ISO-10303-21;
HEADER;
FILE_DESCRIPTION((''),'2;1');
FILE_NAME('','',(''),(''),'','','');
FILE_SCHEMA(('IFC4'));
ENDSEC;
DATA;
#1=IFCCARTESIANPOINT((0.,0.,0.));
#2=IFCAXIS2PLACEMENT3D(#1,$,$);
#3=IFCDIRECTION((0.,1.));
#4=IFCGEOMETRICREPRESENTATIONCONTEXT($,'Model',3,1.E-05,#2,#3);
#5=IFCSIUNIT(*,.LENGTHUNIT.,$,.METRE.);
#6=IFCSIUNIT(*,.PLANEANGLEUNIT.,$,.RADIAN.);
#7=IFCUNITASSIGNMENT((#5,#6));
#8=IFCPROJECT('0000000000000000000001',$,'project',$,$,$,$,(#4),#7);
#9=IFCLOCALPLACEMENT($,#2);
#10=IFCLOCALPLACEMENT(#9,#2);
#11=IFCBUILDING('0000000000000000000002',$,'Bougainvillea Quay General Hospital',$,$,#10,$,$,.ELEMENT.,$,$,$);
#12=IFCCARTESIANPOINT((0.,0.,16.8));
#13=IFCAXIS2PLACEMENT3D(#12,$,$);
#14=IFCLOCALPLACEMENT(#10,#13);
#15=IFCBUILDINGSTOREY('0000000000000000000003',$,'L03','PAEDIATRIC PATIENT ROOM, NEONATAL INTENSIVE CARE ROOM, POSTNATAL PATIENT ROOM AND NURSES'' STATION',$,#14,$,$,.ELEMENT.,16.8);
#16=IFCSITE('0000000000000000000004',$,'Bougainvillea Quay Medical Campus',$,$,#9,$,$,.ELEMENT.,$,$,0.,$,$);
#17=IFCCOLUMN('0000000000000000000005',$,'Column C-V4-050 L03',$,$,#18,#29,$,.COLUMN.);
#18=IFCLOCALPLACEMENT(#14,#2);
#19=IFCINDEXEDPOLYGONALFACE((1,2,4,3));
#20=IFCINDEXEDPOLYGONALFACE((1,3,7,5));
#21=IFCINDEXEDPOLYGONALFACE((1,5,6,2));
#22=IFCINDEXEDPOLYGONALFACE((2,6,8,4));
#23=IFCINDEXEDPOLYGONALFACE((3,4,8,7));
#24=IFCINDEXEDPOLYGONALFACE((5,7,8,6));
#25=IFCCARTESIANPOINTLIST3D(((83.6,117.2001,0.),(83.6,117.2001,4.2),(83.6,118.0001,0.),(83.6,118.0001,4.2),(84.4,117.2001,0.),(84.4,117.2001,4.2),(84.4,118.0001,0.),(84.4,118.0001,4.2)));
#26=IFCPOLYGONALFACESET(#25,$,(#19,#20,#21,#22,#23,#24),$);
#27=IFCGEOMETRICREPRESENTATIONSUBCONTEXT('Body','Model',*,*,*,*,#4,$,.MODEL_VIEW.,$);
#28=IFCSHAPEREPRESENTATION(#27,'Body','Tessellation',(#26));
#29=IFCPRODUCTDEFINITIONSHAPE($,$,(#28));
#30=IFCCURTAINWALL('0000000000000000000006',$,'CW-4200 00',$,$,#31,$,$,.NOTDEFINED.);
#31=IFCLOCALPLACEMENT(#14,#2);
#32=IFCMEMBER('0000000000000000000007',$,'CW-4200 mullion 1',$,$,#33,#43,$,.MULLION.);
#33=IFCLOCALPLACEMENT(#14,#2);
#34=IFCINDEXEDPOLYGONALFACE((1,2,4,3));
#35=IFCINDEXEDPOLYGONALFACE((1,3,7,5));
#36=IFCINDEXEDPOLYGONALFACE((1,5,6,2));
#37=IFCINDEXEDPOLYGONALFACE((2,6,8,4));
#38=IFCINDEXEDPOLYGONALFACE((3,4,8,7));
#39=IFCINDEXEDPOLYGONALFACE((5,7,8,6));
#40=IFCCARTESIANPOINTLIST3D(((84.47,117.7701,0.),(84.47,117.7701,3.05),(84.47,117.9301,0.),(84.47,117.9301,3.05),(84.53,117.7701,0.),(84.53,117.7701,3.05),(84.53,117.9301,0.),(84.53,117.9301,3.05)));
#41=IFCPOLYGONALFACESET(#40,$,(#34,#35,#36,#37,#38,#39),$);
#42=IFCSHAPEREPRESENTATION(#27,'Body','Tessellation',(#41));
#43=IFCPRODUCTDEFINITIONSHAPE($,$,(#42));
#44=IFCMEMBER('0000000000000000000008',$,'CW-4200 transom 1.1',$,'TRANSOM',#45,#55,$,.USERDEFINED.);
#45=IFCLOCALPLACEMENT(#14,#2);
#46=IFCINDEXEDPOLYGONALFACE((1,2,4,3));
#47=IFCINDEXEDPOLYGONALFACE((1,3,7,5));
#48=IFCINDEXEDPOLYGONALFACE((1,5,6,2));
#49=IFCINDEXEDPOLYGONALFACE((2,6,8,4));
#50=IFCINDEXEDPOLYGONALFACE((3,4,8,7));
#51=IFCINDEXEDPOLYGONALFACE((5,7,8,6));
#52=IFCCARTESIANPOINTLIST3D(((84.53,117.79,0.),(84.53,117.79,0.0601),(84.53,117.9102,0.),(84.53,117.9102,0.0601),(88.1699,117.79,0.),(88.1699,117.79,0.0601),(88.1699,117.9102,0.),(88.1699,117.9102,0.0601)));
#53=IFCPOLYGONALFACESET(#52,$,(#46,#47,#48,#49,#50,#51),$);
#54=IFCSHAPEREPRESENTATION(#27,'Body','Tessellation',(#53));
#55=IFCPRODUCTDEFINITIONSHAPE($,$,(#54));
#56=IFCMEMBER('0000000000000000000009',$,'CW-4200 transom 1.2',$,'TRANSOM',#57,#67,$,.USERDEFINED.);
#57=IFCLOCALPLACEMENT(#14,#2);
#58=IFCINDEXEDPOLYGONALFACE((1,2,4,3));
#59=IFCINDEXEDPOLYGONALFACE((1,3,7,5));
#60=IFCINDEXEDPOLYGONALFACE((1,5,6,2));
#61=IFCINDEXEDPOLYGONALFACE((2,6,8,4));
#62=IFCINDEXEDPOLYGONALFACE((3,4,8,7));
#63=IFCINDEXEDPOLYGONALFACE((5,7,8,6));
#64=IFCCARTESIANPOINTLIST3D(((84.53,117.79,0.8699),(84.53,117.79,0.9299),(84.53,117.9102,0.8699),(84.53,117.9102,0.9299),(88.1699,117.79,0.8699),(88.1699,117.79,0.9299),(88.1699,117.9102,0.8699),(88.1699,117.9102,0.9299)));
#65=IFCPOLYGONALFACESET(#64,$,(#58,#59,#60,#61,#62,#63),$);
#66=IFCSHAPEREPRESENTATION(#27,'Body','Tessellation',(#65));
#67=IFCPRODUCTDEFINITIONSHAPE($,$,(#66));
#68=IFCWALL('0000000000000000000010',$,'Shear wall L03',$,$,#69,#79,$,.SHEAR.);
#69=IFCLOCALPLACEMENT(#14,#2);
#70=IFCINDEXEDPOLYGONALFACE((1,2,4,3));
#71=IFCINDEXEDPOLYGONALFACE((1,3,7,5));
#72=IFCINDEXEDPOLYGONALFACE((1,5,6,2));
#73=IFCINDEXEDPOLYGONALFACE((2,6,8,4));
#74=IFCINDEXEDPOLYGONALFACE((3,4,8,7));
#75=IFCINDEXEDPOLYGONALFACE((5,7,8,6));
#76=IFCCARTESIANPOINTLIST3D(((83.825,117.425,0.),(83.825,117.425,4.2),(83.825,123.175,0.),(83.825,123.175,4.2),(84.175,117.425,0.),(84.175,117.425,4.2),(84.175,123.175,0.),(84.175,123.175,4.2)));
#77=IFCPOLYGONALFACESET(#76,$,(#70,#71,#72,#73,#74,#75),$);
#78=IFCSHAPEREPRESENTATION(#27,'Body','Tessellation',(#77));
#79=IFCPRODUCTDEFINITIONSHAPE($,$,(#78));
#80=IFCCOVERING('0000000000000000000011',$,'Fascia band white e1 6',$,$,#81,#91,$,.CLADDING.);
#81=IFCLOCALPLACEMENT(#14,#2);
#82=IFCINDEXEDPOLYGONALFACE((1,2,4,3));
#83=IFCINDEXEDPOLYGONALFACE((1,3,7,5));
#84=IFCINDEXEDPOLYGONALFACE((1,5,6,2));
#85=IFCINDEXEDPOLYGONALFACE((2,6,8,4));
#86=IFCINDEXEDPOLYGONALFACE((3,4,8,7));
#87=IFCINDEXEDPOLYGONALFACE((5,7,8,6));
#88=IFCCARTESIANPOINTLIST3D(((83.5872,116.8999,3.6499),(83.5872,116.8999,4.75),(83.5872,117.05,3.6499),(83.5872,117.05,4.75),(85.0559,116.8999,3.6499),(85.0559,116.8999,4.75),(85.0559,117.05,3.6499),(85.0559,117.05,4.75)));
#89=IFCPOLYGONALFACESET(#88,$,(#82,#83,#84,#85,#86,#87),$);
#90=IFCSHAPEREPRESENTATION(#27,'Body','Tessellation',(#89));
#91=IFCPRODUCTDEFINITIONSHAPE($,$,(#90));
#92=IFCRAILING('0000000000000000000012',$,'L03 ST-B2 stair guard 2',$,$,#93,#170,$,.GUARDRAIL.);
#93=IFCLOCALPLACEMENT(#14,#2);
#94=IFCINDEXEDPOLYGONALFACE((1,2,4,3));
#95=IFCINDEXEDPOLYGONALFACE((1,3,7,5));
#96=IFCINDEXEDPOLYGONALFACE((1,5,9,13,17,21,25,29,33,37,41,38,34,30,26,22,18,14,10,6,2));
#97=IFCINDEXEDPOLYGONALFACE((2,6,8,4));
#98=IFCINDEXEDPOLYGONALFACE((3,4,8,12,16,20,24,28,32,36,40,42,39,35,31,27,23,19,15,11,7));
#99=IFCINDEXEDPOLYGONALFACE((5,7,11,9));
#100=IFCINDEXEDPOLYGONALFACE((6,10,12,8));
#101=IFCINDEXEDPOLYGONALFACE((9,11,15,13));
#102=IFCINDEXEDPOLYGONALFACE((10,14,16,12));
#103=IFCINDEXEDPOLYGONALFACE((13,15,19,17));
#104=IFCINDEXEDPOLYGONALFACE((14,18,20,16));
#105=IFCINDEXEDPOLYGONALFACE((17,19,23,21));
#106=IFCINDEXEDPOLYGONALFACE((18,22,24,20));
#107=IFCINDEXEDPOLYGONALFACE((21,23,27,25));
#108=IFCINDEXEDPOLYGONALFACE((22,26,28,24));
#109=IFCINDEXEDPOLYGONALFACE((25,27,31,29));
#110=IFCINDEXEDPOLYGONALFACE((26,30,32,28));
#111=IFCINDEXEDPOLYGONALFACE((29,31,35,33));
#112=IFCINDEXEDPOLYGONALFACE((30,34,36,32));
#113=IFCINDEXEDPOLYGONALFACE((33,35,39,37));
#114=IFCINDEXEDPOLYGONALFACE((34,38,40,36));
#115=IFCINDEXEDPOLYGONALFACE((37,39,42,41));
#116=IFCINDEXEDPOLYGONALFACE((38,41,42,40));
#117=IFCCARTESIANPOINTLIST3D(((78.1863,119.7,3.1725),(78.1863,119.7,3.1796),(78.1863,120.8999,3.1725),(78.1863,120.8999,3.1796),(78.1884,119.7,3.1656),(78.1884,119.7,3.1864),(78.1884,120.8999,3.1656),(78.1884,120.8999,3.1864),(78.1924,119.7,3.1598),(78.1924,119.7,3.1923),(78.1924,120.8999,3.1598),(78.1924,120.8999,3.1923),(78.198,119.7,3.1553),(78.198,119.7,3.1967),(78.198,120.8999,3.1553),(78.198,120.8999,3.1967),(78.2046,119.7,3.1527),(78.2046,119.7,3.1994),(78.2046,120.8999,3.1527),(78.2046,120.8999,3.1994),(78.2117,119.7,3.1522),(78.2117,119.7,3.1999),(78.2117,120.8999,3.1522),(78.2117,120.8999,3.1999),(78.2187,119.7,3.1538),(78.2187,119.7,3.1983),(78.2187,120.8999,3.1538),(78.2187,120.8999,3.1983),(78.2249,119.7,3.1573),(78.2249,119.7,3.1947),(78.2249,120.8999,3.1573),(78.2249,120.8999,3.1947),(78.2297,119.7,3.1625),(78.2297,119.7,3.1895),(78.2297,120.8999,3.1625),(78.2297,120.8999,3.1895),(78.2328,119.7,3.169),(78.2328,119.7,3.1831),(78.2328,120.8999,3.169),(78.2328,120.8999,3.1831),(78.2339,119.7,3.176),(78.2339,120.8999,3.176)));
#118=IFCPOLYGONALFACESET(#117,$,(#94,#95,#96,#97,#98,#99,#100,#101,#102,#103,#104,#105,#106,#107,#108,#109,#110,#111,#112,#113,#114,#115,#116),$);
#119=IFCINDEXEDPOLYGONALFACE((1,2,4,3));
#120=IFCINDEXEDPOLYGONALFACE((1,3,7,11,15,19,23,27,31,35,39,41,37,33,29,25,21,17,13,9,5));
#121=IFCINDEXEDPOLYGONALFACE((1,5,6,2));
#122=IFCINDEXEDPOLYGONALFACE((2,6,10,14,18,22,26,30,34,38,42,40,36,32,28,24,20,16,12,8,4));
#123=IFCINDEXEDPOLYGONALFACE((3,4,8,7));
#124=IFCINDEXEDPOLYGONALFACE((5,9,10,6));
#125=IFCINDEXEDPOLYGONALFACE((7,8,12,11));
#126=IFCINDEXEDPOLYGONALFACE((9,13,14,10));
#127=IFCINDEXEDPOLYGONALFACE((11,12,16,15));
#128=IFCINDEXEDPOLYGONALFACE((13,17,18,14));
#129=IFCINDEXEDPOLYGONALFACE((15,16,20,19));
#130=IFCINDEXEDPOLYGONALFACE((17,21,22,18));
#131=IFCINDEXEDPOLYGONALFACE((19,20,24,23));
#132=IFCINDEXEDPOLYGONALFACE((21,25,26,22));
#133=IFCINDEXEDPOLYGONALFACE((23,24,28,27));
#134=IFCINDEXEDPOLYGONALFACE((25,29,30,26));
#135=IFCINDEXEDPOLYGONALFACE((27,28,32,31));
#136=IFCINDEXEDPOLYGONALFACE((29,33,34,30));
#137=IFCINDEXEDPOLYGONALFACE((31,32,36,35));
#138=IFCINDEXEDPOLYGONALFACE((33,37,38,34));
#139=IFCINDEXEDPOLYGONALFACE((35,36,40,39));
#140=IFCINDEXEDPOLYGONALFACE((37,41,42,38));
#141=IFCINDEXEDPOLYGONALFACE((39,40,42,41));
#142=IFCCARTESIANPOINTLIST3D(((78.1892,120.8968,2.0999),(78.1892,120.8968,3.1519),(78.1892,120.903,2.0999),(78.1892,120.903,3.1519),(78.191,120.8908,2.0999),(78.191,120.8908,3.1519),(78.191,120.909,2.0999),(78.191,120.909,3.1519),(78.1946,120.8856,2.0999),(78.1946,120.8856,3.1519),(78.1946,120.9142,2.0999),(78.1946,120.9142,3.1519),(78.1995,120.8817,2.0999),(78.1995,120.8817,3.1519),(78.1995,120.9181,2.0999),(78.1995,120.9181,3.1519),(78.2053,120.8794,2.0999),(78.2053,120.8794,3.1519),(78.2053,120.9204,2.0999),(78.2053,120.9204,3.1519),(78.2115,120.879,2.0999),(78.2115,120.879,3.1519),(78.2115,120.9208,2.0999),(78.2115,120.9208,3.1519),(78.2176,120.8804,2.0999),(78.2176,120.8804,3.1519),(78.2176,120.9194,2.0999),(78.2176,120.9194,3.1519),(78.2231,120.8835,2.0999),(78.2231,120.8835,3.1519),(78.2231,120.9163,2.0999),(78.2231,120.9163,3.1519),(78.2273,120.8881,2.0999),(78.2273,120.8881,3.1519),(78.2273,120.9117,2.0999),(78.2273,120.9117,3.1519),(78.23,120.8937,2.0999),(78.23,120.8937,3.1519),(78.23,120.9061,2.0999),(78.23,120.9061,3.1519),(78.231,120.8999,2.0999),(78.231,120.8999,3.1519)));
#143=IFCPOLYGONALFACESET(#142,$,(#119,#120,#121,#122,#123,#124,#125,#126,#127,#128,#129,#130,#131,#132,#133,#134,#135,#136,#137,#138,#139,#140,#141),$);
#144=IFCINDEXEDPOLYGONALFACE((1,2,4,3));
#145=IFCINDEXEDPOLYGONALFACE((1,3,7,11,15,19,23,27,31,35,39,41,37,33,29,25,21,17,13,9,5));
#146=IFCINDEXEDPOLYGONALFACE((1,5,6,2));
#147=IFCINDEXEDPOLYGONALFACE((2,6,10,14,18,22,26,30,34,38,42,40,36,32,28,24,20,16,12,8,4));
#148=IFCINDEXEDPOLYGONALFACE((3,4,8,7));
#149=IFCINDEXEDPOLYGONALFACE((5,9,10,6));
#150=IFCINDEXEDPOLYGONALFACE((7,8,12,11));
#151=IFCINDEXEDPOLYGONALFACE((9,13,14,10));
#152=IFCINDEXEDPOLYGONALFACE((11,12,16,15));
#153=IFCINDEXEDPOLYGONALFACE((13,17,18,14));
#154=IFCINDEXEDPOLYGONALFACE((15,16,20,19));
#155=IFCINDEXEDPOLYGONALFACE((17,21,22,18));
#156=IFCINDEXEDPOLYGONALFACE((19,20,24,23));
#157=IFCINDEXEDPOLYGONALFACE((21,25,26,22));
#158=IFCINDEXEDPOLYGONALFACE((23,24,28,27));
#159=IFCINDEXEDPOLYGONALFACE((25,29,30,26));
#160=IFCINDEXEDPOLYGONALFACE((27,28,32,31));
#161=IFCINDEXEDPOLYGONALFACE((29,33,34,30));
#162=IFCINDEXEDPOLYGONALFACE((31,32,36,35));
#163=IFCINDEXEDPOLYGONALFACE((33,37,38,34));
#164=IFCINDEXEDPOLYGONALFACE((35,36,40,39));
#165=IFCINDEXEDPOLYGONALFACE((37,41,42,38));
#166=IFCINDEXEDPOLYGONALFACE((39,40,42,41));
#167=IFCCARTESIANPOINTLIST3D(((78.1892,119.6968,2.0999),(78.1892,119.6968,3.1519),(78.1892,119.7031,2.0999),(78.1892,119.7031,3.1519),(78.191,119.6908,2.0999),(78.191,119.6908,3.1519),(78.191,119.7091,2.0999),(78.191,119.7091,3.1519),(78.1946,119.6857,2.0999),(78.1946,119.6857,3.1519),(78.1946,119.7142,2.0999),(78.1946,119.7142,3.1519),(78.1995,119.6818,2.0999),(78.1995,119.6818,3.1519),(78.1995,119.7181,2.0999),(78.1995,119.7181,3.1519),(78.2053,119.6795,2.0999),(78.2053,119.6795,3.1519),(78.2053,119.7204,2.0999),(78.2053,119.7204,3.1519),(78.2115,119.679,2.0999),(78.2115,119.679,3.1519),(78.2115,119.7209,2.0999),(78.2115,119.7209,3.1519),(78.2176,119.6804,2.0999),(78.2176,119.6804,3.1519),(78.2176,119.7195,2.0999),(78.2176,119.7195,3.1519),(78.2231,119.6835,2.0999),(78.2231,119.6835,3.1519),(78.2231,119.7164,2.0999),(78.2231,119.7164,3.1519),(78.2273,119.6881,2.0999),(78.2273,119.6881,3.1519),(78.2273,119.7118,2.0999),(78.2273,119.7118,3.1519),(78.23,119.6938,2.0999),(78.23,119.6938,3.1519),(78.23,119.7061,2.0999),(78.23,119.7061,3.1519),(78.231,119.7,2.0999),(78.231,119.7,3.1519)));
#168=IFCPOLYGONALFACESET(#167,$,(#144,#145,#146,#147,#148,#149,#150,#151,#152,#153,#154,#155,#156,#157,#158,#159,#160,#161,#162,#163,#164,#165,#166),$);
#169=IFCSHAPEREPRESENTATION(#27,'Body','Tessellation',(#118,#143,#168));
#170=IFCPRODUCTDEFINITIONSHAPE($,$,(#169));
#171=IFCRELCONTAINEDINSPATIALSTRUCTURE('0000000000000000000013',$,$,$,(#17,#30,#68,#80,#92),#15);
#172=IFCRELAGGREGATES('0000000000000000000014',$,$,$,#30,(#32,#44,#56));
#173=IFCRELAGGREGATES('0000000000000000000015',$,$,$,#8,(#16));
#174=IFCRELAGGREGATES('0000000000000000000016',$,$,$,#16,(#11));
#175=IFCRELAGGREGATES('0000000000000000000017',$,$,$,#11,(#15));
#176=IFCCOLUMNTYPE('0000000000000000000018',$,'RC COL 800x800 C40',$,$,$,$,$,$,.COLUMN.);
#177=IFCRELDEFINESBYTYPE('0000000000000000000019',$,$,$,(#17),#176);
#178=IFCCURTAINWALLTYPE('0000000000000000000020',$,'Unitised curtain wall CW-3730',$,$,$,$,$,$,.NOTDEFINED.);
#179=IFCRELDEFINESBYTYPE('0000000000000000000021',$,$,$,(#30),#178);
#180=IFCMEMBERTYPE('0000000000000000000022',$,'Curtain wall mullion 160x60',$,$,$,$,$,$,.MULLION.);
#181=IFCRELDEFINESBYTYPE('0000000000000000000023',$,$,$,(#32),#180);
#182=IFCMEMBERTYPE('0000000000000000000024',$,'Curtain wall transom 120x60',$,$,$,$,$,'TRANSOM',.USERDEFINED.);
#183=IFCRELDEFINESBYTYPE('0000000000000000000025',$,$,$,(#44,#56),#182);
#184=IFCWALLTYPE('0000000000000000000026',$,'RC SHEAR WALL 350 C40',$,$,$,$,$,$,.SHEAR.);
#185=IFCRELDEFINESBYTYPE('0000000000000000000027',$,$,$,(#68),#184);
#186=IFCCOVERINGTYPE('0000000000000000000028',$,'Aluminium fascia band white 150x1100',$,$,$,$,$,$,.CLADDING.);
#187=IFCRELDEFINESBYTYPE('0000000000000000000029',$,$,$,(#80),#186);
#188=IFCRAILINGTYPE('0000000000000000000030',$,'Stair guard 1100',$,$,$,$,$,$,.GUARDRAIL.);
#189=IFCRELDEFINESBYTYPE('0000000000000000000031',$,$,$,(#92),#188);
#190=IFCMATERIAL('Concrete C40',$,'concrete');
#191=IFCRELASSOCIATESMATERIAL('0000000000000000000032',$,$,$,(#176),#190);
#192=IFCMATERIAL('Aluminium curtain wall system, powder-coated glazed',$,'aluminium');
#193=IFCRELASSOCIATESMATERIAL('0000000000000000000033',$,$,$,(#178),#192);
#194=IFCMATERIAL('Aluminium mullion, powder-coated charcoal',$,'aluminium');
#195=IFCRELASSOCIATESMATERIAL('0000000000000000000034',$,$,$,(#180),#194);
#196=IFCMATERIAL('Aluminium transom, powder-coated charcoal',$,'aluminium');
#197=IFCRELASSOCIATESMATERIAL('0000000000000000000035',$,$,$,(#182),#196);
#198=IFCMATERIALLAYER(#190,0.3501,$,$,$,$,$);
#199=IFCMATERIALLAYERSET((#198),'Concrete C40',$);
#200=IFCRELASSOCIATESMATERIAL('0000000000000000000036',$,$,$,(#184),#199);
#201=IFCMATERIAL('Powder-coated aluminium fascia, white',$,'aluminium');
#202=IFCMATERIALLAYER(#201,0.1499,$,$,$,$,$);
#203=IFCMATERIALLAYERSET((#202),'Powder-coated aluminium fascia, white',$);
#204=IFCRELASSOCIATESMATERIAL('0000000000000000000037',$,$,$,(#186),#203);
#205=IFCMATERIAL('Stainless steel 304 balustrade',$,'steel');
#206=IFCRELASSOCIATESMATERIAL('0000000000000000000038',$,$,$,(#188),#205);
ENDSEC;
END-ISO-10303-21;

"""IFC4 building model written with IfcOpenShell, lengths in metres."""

from ifc_helpers import new_model, si_unit, direction, frame, frame_2d, origin, origin_2d, place, context, subcontext, project, spatial, polyline, rectangle, circle, outline, extrude, material, layer, layer_set, material_profile, profile_set, type_object, element, aggregate, save


model = new_model("IFC4")

# Units and contexts
model_context = context("Model", 3, precision=1e-05, world=origin(), true_north=direction((0.0, 1.0)))
body_context = subcontext(model_context, "Body", "Model", "MODEL_VIEW")
ifc_project = project(units=[si_unit("LENGTHUNIT", "METRE"), si_unit("PLANEANGLEUNIT", "RADIAN")], contexts=[model_context])

# Site, building, storey
site_placement = place(None, origin())
site = spatial("IfcSite", under=ifc_project, at=site_placement, Name="Bougainvillea Quay Medical Campus", CompositionType="ELEMENT", RefElevation=0.0)
building_placement = place(site_placement, origin())
building = spatial("IfcBuilding", under=site, at=building_placement, Name="Bougainvillea Quay General Hospital", CompositionType="ELEMENT")
storey_placement = place(building_placement, frame((0.0, 0.0, 16.8)))
storey = spatial("IfcBuildingStorey", under=building, at=storey_placement, Name="L03", Description="PAEDIATRIC PATIENT ROOM, NEONATAL INTENSIVE CARE ROOM, POSTNATAL PATIENT ROOM AND NURSES' STATION", CompositionType="ELEMENT", Elevation=16.8)

# Column
ifc_material_1 = material(Name="Concrete C40", Category="concrete")
ifc_material_profile_1 = material_profile(ifc_material_1, rectangle(XDim=0.8, YDim=0.8, at=origin_2d()))
ifc_profile_set_1 = profile_set([ifc_material_profile_1], Name="Concrete C40")
column_type = type_object("IfcColumnType", Name="RC COL 800x800 C40", PredefinedType="COLUMN", material=ifc_profile_set_1)
column_placement = place(storey_placement, frame((84.0, 117.6001, 0.0), z_axis=(0.0, 0.0, 1.0), x_axis=(1.0, 0.0, 0.0)))
element("IfcColumn", 1, at=column_placement, inside=storey, type_object=column_type, Name="Column C-V4-050 L03", PredefinedType="COLUMN", context=body_context, shape_type="SweptSolid", body=[
    extrude(rectangle(XDim=0.8, YDim=0.8, at=origin_2d()), origin(), (0.0, 0.0, 1.0), 4.2),
])

# Curtain wall, members
ifc_material_2 = material(Name="Aluminium curtain wall system, powder-coated glazed", Category="aluminium")
curtain_wall_type = type_object("IfcCurtainWallType", Name="Unitised curtain wall CW-3730", PredefinedType="NOTDEFINED", material=ifc_material_2)
curtain_wall_placement = place(storey_placement, origin())
curtain_wall = element("IfcCurtainWall", 2, at=curtain_wall_placement, inside=storey, type_object=curtain_wall_type, Name="CW-4200 00", PredefinedType="NOTDEFINED")
ifc_material_3 = material(Name="Aluminium mullion, powder-coated charcoal", Category="aluminium")
ifc_material_profile_2 = material_profile(ifc_material_3, rectangle(XDim=0.1599, YDim=0.0601, at=origin_2d()))
ifc_profile_set_2 = profile_set([ifc_material_profile_2], Name="Aluminium mullion, powder-coated charcoal")
member_type_1 = type_object("IfcMemberType", Name="Curtain wall mullion 160x60", PredefinedType="MULLION", material=ifc_profile_set_2)
member_1_placement = place(storey_placement, frame((84.5, 117.8501, 0.0), z_axis=(0.0, 0.0, 1.0), x_axis=(0.0, 1.0, 0.0)))
member_1 = element("IfcMember", 3, at=member_1_placement, type_object=member_type_1, Name="CW-4200 mullion 1", PredefinedType="MULLION", context=body_context, shape_type="SweptSolid", body=[
    extrude(rectangle(XDim=0.1599, YDim=0.0601, at=origin_2d()), origin(), (0.0, 0.0, 1.0), 3.05),
])
ifc_material_4 = material(Name="Aluminium transom, powder-coated charcoal", Category="aluminium")
ifc_material_profile_3 = material_profile(ifc_material_4, rectangle(XDim=0.1201, YDim=0.0601, at=origin_2d()))
ifc_profile_set_3 = profile_set([ifc_material_profile_3], Name="Aluminium transom, powder-coated charcoal")
member_type_2 = type_object("IfcMemberType", Name="Curtain wall transom 120x60", ElementType="TRANSOM", PredefinedType="USERDEFINED", material=ifc_profile_set_3)
member_2_placement = place(storey_placement, frame((84.53, 117.8501, 0.03), z_axis=(1.0, 0.0, 0.0), x_axis=(0.0, 1.0, 0.0)))
member_2 = element("IfcMember", 4, at=member_2_placement, type_object=member_type_2, Name="CW-4200 transom 1.1", ObjectType="TRANSOM", PredefinedType="USERDEFINED", context=body_context, shape_type="SweptSolid", body=[
    extrude(rectangle(XDim=0.1201, YDim=0.0601, at=origin_2d()), origin(), (0.0, 0.0, 1.0), 3.6399),
])
member_3_placement = place(storey_placement, frame((84.53, 117.8501, 0.8999), z_axis=(1.0, 0.0, 0.0), x_axis=(0.0, 1.0, 0.0)))
member_3 = element("IfcMember", 5, at=member_3_placement, type_object=member_type_2, Name="CW-4200 transom 1.2", ObjectType="TRANSOM", PredefinedType="USERDEFINED", context=body_context, shape_type="SweptSolid", body=[
    extrude(rectangle(XDim=0.1201, YDim=0.0601, at=origin_2d()), origin(), (0.0, 0.0, 1.0), 3.6399),
])
aggregate(curtain_wall, [member_1, member_2, member_3])

# Wall
ifc_layer_1 = layer(ifc_material_1, 0.3501)
ifc_layer_set_1 = layer_set([ifc_layer_1], Name="Concrete C40")
wall_type = type_object("IfcWallType", Name="RC SHEAR WALL 350 C40", PredefinedType="SHEAR", material=ifc_layer_set_1)
wall_placement = place(storey_placement, frame((84.0, 117.425, 0.0), z_axis=(0.0, 0.0, 1.0), x_axis=(0.0, 1.0, 0.0)))
element("IfcWall", 6, at=wall_placement, inside=storey, type_object=wall_type, Name="Shear wall L03", PredefinedType="SHEAR", context=body_context, shape_type="SweptSolid", body=[
    extrude(rectangle(XDim=5.75, YDim=0.3501, at=frame_2d((2.875, 0.0))), origin(), (0.0, 0.0, 1.0), 4.2),
])

# Covering
ifc_material_5 = material(Name="Powder-coated aluminium fascia, white", Category="aluminium")
ifc_layer_2 = layer(ifc_material_5, 0.1499)
ifc_layer_set_2 = layer_set([ifc_layer_2], Name="Powder-coated aluminium fascia, white")
covering_type = type_object("IfcCoveringType", Name="Aluminium fascia band white 150x1100", PredefinedType="CLADDING", material=ifc_layer_set_2)
covering_placement = place(storey_placement, frame((83.5872, 117.05, 3.6499), z_axis=(0.0, 0.0, 1.0), x_axis=(1.0, 0.0, 0.0)))
element("IfcCovering", 7, at=covering_placement, inside=storey, type_object=covering_type, Name="Fascia band white e1 6", PredefinedType="CLADDING", context=body_context, shape_type="SweptSolid", body=[
    extrude(outline(polyline([(0.0, 0.0), (1.4688, 0.0), (1.4688, -0.1501), (0.0, -0.1501), (0.0, 0.0)])), origin(), (0.0, 0.0, 1.0), 1.1001),
])

# Railing
ifc_material_6 = material(Name="Stainless steel 304 balustrade", Category="steel")
railing_type_1 = type_object("IfcRailingType", Name="Stair guard 1100", PredefinedType="GUARDRAIL", material=ifc_material_6)
railing_1_placement = place(storey_placement, frame((78.21, 120.8999, 2.0999)))
element("IfcRailing", 8, at=railing_1_placement, inside=storey, type_object=railing_type_1, Name="L03 ST-B2 stair guard 2", PredefinedType="GUARDRAIL", context=body_context, shape_type="SweptSolid", body=[
    extrude(circle(Radius=0.0239, at=origin_2d()), frame((0.0, 0.0, 1.0762), z_axis=(0.0, -1.0, 0.0), x_axis=(1.0, 0.0, 0.0)), (0.0, 0.0, 1.0), 1.2),
    extrude(circle(Radius=0.021, at=origin_2d()), origin(), (0.0, 0.0, 1.0), 1.052),
    extrude(circle(Radius=0.021, at=origin_2d()), frame((0.0, -1.2, 0.0)), (0.0, 0.0, 1.0), 1.052),
])

save(model, "model.ifc")
